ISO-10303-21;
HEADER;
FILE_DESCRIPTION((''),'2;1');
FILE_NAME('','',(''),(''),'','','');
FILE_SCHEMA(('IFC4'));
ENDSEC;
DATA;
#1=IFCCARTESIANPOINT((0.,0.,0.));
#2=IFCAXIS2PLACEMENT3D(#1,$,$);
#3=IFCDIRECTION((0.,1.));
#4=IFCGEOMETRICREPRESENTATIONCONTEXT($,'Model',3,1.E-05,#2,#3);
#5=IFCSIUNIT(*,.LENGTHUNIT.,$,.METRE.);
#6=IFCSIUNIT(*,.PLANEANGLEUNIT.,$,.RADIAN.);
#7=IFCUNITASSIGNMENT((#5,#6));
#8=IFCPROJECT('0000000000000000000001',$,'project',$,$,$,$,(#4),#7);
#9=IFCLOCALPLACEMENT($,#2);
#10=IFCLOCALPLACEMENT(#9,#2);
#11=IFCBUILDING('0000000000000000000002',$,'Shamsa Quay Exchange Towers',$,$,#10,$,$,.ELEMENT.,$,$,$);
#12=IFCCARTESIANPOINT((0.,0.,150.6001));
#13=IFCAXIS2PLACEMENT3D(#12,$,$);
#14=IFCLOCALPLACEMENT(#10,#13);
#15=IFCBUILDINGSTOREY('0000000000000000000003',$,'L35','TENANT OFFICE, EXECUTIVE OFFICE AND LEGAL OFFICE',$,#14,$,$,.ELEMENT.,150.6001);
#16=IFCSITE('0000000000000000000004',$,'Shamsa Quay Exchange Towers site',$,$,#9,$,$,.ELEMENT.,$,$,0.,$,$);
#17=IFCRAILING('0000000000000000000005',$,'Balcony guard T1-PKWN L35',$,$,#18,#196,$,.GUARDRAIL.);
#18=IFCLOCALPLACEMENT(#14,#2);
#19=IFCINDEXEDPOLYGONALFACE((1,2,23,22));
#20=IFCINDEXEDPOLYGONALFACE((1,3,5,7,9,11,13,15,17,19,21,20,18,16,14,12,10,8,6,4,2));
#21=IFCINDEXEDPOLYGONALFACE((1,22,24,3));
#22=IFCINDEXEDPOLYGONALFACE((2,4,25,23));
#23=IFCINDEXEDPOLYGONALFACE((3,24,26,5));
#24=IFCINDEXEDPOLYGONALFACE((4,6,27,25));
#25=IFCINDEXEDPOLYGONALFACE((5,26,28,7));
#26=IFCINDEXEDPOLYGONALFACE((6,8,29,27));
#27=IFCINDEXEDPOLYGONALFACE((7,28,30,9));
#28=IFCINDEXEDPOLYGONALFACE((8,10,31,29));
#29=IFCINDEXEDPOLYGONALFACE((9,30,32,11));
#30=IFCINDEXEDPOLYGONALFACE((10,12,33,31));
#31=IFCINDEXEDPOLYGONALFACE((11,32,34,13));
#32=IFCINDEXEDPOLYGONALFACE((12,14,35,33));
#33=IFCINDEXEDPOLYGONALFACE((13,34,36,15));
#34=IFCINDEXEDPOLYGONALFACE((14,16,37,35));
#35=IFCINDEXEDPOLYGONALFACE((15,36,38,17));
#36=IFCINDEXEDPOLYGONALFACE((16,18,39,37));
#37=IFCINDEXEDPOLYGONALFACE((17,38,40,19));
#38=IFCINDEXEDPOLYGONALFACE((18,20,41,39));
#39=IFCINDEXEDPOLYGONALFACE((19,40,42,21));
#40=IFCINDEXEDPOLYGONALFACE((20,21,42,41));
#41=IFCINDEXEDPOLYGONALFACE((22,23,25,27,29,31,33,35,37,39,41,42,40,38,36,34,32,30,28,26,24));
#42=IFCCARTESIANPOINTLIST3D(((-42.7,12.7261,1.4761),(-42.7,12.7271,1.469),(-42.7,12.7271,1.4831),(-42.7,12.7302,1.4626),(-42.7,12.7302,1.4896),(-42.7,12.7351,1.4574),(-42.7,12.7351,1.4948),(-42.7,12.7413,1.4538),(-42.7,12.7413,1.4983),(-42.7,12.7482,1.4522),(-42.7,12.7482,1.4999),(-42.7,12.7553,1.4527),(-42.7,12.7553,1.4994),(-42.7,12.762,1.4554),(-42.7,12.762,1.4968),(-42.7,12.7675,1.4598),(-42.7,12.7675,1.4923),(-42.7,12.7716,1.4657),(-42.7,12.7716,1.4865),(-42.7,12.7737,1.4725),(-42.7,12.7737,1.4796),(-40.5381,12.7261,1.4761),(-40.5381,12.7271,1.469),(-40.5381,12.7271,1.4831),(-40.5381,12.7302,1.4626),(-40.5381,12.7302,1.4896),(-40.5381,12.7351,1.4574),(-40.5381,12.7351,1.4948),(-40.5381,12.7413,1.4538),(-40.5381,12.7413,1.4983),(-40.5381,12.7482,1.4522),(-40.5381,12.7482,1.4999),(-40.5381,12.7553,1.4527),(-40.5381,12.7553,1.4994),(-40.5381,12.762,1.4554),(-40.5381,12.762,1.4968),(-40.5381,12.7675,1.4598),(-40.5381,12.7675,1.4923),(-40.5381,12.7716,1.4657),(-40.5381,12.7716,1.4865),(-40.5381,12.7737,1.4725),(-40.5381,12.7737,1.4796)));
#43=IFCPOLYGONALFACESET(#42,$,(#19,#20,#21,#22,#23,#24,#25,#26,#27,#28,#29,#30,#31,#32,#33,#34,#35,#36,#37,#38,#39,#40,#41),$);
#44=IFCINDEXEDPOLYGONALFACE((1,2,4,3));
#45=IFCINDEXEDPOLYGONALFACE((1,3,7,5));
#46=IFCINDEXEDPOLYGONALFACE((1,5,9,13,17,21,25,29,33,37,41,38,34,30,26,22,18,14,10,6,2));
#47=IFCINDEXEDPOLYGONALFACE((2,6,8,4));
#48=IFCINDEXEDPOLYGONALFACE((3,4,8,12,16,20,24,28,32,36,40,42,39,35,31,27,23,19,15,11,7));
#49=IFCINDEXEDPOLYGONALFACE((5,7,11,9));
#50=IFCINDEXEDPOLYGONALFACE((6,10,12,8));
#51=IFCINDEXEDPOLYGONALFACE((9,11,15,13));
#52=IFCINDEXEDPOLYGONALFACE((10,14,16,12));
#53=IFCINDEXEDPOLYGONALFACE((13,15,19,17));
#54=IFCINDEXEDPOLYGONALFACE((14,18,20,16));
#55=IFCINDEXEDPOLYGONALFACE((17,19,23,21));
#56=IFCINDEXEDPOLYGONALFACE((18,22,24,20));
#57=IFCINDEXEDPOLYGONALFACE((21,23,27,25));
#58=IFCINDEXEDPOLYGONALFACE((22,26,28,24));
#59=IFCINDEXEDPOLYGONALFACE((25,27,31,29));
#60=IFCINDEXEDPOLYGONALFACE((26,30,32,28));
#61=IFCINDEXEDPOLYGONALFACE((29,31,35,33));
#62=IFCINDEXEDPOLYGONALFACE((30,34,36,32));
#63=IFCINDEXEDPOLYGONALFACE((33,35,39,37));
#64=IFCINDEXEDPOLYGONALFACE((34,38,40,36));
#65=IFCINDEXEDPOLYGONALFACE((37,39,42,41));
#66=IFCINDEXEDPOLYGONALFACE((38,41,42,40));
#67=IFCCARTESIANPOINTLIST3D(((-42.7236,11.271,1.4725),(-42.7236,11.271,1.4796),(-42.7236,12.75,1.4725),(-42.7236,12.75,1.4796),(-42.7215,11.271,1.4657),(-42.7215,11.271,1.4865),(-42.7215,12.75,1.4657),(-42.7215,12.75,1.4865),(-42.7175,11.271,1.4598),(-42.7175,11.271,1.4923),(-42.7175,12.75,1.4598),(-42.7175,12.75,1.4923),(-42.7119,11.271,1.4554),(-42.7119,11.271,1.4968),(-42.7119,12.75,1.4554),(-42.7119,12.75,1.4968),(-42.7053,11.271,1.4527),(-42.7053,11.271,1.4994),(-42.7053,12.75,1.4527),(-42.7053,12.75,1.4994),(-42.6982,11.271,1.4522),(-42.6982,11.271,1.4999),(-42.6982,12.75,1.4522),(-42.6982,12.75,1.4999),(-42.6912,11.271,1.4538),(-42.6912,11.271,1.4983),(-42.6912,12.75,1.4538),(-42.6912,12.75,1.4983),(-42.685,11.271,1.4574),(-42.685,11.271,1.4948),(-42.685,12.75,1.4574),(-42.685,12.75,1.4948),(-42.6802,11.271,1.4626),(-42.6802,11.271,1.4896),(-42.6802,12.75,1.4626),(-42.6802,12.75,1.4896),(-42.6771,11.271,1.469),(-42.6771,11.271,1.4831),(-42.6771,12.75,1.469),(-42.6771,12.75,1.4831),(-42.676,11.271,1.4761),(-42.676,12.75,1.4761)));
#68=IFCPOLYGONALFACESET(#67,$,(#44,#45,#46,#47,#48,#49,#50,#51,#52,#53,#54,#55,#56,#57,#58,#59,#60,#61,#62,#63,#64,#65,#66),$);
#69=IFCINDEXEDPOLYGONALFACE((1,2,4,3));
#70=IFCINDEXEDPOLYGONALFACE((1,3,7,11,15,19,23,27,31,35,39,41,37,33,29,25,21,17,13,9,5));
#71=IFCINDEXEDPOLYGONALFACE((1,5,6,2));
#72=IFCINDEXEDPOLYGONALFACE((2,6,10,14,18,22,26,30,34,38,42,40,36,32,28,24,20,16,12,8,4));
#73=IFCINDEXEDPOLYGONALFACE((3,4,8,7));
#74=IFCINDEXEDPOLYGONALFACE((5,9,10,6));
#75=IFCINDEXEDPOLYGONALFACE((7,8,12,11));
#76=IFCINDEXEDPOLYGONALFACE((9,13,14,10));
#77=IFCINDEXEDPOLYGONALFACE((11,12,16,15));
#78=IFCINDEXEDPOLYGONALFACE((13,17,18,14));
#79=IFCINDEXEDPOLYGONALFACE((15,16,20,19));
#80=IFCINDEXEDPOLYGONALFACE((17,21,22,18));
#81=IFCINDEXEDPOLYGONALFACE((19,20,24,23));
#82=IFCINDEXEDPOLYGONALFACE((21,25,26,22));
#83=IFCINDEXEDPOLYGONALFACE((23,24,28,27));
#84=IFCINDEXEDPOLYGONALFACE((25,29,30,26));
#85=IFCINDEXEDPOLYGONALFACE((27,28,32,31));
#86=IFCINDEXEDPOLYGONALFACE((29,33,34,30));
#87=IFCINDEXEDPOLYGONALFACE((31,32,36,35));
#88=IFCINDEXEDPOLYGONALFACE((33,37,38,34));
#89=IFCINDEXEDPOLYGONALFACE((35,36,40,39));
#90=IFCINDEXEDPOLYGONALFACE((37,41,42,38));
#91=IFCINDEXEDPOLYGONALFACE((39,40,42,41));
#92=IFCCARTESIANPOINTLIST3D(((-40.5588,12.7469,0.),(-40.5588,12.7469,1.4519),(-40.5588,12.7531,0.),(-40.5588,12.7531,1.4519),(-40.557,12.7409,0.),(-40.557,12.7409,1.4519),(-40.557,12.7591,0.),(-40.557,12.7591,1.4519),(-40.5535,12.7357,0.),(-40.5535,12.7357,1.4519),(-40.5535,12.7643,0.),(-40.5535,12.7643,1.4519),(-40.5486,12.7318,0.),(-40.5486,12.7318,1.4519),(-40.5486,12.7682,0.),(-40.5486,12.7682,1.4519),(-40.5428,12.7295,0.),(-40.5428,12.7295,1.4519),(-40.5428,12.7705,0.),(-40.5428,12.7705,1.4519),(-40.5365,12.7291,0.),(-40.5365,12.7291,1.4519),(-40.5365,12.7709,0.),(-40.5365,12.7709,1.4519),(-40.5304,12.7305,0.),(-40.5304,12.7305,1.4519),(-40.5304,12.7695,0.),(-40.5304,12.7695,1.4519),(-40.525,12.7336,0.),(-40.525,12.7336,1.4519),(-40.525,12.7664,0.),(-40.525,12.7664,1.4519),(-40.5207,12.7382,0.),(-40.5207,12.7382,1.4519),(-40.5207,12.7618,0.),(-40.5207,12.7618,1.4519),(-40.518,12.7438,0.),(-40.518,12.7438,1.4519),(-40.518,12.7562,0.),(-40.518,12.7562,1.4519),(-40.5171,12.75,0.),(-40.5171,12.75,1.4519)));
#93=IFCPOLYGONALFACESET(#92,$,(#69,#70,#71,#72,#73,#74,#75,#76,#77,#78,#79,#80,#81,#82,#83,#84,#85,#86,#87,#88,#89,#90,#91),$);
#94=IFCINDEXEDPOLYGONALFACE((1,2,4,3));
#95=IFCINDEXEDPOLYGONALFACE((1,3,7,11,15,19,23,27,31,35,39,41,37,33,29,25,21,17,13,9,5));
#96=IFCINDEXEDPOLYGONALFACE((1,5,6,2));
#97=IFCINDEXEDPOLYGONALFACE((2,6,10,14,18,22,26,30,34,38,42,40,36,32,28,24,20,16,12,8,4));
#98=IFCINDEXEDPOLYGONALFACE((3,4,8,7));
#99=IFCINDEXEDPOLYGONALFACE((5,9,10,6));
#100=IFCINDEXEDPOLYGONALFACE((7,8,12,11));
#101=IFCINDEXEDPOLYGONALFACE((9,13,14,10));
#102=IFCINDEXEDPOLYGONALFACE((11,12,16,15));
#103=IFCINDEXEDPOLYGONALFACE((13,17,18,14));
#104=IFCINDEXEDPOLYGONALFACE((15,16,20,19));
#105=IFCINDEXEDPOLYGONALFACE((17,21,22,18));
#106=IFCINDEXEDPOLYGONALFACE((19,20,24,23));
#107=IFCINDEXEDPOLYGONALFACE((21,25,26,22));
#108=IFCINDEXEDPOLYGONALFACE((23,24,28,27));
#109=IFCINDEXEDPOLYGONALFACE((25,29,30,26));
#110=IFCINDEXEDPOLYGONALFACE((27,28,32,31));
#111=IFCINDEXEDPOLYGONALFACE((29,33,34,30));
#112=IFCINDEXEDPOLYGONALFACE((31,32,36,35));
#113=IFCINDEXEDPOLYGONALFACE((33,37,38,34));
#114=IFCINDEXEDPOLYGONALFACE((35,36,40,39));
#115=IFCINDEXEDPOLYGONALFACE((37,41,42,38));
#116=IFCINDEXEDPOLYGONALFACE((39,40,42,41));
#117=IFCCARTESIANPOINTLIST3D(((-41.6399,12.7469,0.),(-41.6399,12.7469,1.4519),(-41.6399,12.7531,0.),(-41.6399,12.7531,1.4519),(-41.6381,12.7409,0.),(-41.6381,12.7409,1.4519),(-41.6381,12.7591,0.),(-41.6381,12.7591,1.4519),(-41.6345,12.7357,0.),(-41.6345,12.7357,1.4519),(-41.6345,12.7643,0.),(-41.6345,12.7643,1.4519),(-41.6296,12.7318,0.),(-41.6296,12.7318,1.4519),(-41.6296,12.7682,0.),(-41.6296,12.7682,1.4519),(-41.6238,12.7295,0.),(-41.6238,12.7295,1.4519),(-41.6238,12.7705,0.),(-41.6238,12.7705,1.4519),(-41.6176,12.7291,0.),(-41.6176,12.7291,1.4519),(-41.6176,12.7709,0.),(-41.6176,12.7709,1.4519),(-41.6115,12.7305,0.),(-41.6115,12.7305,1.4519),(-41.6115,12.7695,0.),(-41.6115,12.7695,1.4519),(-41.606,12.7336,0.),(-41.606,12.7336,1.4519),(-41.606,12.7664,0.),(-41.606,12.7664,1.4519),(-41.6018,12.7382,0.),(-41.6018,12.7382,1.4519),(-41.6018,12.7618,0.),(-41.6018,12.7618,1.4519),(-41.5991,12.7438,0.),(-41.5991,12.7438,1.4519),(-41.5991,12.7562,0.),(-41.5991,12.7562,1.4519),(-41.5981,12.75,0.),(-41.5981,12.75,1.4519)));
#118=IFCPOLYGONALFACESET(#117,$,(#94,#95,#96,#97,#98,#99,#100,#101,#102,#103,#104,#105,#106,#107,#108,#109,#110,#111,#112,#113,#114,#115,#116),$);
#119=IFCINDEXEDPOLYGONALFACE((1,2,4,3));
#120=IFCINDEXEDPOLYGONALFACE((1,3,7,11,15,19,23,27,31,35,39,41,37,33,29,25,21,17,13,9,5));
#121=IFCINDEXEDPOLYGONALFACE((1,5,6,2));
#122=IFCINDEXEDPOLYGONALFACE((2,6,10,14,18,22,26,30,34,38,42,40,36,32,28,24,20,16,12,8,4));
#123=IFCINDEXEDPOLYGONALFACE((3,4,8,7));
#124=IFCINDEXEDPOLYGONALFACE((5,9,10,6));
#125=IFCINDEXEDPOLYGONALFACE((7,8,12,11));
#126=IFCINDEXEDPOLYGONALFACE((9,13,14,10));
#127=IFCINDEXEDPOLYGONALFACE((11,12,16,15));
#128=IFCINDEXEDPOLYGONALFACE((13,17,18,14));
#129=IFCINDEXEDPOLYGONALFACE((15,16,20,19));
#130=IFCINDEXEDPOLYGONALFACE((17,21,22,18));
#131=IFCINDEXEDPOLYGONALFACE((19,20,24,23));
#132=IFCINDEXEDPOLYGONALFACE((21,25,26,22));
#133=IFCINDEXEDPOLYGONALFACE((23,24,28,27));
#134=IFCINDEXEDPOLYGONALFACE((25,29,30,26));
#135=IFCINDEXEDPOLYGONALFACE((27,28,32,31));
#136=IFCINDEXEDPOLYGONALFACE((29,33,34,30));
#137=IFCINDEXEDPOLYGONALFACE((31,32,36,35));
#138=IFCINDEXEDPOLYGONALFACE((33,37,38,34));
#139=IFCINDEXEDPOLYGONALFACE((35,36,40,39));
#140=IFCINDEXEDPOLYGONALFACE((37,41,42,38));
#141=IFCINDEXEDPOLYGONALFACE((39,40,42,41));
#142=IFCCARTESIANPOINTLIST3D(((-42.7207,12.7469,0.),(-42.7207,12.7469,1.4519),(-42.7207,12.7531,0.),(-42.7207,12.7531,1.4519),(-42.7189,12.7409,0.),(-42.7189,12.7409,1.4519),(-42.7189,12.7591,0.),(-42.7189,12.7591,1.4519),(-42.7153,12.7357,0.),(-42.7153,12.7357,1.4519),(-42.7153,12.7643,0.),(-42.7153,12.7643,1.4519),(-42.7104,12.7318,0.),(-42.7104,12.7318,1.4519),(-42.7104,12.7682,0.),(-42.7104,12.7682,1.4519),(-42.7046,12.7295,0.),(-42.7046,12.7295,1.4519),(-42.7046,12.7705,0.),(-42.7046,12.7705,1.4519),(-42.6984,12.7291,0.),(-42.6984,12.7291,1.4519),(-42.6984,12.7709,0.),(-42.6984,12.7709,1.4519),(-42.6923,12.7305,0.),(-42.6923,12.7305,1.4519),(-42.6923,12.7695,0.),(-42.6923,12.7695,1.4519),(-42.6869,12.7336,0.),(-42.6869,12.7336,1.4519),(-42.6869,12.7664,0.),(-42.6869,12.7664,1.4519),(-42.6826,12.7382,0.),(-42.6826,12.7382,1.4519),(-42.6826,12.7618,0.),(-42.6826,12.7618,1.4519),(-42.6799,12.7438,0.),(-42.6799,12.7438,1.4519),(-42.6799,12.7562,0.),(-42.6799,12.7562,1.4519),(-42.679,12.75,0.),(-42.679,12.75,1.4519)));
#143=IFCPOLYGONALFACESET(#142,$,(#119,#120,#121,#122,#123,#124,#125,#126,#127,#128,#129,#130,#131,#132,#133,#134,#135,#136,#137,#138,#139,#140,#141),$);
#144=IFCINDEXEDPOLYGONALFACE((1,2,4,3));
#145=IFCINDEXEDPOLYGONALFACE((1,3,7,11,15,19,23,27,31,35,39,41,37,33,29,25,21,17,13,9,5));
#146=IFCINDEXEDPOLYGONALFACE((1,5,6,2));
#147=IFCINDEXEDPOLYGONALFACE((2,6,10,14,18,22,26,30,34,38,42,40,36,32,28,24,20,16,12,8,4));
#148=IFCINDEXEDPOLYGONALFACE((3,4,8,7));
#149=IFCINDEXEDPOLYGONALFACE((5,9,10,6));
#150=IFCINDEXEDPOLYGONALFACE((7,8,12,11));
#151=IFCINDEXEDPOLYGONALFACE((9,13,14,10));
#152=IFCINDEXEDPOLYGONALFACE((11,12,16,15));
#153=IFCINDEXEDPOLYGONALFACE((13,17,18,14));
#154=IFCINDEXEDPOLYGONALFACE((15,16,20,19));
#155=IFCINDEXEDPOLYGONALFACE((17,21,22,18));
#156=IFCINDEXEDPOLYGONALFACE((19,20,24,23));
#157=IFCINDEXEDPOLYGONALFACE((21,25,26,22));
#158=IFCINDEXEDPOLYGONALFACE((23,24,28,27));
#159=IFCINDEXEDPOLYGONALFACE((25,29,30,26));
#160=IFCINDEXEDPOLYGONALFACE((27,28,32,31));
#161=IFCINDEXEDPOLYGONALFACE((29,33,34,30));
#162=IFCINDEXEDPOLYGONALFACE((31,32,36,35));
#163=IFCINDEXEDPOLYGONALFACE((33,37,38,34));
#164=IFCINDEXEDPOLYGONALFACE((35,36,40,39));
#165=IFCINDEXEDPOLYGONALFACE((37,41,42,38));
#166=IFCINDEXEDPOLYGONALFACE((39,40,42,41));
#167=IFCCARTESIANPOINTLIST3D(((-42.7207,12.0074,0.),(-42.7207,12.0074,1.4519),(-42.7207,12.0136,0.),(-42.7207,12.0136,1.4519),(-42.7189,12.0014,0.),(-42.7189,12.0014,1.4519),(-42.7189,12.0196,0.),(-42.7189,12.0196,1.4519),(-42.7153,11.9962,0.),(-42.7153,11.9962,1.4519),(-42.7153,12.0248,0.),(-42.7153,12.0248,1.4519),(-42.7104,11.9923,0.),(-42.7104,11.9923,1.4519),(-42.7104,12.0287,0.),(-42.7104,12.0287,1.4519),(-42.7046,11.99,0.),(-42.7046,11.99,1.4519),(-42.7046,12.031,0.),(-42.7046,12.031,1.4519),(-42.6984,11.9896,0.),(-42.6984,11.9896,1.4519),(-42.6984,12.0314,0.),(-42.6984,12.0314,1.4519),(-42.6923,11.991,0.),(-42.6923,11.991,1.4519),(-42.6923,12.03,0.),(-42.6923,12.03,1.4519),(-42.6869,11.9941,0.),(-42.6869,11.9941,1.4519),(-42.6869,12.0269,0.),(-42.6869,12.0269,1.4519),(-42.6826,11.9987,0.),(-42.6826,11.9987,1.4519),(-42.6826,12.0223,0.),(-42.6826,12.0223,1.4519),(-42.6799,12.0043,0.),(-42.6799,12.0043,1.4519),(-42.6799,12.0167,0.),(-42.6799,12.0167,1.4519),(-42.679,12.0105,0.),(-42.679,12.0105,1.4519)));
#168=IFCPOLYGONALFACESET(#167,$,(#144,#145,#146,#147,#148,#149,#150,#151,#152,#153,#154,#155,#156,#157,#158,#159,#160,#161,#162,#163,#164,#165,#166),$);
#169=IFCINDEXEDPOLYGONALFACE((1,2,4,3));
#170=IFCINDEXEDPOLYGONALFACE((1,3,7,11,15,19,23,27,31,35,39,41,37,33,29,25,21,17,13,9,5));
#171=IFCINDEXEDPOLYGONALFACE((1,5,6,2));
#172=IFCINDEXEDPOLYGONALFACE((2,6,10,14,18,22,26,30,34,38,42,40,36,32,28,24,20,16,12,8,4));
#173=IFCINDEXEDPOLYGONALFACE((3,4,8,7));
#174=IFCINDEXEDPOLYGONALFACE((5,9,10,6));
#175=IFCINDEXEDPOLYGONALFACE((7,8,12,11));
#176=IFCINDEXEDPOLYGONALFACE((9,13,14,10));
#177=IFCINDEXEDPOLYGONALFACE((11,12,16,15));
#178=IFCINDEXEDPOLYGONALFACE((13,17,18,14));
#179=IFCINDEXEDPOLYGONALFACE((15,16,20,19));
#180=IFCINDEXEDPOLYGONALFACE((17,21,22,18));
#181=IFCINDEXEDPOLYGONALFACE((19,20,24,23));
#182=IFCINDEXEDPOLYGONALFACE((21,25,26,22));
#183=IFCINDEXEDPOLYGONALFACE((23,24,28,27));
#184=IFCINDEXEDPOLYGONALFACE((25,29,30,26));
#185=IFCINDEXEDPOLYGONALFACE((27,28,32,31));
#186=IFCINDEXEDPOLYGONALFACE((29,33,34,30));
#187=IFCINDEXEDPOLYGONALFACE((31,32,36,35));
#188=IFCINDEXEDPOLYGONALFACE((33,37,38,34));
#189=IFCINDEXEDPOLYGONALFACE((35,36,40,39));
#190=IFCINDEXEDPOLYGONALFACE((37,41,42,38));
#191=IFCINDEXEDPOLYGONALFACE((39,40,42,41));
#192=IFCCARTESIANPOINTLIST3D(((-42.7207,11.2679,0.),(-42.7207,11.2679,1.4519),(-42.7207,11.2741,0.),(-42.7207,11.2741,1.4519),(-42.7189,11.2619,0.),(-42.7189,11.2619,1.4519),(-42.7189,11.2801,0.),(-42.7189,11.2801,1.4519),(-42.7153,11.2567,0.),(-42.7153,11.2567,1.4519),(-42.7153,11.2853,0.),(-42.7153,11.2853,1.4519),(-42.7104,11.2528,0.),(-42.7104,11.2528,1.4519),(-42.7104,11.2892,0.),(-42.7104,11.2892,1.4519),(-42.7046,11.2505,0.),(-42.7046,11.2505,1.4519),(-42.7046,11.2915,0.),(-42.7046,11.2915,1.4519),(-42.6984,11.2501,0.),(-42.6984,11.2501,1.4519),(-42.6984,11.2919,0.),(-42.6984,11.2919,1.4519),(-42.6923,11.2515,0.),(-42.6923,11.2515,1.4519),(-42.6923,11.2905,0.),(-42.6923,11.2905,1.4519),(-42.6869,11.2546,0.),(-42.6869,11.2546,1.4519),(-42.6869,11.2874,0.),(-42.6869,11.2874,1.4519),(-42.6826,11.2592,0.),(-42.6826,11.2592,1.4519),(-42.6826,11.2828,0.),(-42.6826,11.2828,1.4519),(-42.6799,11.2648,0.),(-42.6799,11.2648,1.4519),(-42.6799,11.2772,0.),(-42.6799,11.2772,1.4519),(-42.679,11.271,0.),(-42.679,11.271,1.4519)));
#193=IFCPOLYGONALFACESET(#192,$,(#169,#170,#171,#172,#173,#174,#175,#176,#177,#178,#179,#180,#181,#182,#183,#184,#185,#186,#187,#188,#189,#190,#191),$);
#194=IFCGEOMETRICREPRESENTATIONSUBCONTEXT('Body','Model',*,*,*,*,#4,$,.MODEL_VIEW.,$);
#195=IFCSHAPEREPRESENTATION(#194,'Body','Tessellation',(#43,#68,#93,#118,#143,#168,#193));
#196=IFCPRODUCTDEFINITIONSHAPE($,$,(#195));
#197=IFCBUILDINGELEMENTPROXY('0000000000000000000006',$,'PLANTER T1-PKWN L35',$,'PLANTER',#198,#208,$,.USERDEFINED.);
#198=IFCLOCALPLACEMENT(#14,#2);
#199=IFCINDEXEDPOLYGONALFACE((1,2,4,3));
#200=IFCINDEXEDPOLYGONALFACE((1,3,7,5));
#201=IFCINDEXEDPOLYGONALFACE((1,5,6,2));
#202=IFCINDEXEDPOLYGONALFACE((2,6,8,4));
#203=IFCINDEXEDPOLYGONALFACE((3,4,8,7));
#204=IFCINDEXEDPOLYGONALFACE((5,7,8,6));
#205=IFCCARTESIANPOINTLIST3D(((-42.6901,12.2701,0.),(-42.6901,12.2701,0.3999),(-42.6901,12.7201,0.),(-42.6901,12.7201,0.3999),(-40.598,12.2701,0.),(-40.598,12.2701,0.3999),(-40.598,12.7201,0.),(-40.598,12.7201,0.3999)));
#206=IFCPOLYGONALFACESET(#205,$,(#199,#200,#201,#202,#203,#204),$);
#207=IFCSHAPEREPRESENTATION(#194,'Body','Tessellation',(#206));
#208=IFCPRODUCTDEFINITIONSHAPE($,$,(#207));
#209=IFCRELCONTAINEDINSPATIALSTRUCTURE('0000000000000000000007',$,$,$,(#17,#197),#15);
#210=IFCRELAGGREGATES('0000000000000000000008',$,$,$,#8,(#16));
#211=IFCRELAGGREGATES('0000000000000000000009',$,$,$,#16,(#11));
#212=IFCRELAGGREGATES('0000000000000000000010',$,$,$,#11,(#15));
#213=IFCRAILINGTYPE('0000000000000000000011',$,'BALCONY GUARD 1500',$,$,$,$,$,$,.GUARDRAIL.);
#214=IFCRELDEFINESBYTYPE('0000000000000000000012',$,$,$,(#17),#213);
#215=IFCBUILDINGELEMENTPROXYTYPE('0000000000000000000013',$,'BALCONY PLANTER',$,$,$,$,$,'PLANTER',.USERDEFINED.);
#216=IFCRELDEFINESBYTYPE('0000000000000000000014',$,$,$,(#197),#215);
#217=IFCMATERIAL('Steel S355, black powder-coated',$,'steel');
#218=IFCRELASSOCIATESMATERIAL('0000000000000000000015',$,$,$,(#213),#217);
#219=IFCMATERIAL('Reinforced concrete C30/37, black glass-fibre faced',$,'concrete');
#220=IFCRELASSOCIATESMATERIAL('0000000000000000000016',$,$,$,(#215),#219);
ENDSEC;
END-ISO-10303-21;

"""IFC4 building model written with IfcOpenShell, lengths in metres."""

from ifc_helpers import new_model, si_unit, direction, frame, origin, origin_2d, place, context, subcontext, project, spatial, rectangle, circle, extrude, material, type_object, element, save


model = new_model("IFC4")

# Units and contexts
model_context = context("Model", 3, precision=1e-05, world=origin(), true_north=direction((0.0, 1.0)))
body_context = subcontext(model_context, "Body", "Model", "MODEL_VIEW")
ifc_project = project(units=[si_unit("LENGTHUNIT", "METRE"), si_unit("PLANEANGLEUNIT", "RADIAN")], contexts=[model_context])

# Site, building, storey
site_placement = place(None, origin())
site = spatial("IfcSite", under=ifc_project, at=site_placement, Name="Shamsa Quay Exchange Towers site", CompositionType="ELEMENT", RefElevation=0.0)
building_placement = place(site_placement, origin())
building = spatial("IfcBuilding", under=site, at=building_placement, Name="Shamsa Quay Exchange Towers", CompositionType="ELEMENT")
storey_placement = place(building_placement, frame((0.0, 0.0, 150.6001)))
storey = spatial("IfcBuildingStorey", under=building, at=storey_placement, Name="L35", Description="TENANT OFFICE, EXECUTIVE OFFICE AND LEGAL OFFICE", CompositionType="ELEMENT", Elevation=150.6001)

# Railing
ifc_material_1 = material(Name="Steel S355, black powder-coated", Category="steel")
railing_type_1 = type_object("IfcRailingType", Name="BALCONY GUARD 1500", PredefinedType="GUARDRAIL", material=ifc_material_1)
railing_1_placement = place(storey_placement, frame((-40.5381, 12.75, 0.0)))
element("IfcRailing", 1, at=railing_1_placement, inside=storey, type_object=railing_type_1, Name="Balcony guard T1-PKWN L35", PredefinedType="GUARDRAIL", context=body_context, shape_type="SweptSolid", body=[
    extrude(circle(Radius=0.0239, at=origin_2d()), frame((0.0, 0.0, 1.4761), z_axis=(-1.0, 0.0, 0.0), x_axis=(0.0, -1.0, 0.0)), (0.0, 0.0, 1.0), 2.1619),
    extrude(circle(Radius=0.0239, at=origin_2d()), frame((-2.1619, 0.0, 1.4761), z_axis=(0.0, -1.0, 0.0), x_axis=(1.0, 0.0, 0.0)), (0.0, 0.0, 1.0), 1.479),
    extrude(circle(Radius=0.021, at=origin_2d()), origin(), (0.0, 0.0, 1.0), 1.4519),
    extrude(circle(Radius=0.021, at=origin_2d()), frame((-1.0811, 0.0, 0.0)), (0.0, 0.0, 1.0), 1.4519),
    extrude(circle(Radius=0.021, at=origin_2d()), frame((-2.1619, 0.0, 0.0)), (0.0, 0.0, 1.0), 1.4519),
    extrude(circle(Radius=0.021, at=origin_2d()), frame((-2.1619, -0.7395, 0.0)), (0.0, 0.0, 1.0), 1.4519),
    extrude(circle(Radius=0.021, at=origin_2d()), frame((-2.1619, -1.479, 0.0)), (0.0, 0.0, 1.0), 1.4519),
])

# Building element proxy
ifc_material_2 = material(Name="Reinforced concrete C30/37, black glass-fibre faced", Category="concrete")
building_element_proxy_type = type_object("IfcBuildingElementProxyType", Name="BALCONY PLANTER", ElementType="PLANTER", PredefinedType="USERDEFINED", material=ifc_material_2)
proxy_placement = place(storey_placement, frame((-41.644, 12.4951, 0.0), z_axis=(0.0, 0.0, 1.0), x_axis=(-1.0, 0.0, 0.0)))
element("IfcBuildingElementProxy", 2, at=proxy_placement, inside=storey, type_object=building_element_proxy_type, Name="PLANTER T1-PKWN L35", ObjectType="PLANTER", PredefinedType="USERDEFINED", context=body_context, shape_type="SweptSolid", body=[
    extrude(rectangle(XDim=2.092, YDim=0.45, at=origin_2d()), origin(), (0.0, 0.0, 1.0), 0.3999),
])

save(model, "model.ifc")
